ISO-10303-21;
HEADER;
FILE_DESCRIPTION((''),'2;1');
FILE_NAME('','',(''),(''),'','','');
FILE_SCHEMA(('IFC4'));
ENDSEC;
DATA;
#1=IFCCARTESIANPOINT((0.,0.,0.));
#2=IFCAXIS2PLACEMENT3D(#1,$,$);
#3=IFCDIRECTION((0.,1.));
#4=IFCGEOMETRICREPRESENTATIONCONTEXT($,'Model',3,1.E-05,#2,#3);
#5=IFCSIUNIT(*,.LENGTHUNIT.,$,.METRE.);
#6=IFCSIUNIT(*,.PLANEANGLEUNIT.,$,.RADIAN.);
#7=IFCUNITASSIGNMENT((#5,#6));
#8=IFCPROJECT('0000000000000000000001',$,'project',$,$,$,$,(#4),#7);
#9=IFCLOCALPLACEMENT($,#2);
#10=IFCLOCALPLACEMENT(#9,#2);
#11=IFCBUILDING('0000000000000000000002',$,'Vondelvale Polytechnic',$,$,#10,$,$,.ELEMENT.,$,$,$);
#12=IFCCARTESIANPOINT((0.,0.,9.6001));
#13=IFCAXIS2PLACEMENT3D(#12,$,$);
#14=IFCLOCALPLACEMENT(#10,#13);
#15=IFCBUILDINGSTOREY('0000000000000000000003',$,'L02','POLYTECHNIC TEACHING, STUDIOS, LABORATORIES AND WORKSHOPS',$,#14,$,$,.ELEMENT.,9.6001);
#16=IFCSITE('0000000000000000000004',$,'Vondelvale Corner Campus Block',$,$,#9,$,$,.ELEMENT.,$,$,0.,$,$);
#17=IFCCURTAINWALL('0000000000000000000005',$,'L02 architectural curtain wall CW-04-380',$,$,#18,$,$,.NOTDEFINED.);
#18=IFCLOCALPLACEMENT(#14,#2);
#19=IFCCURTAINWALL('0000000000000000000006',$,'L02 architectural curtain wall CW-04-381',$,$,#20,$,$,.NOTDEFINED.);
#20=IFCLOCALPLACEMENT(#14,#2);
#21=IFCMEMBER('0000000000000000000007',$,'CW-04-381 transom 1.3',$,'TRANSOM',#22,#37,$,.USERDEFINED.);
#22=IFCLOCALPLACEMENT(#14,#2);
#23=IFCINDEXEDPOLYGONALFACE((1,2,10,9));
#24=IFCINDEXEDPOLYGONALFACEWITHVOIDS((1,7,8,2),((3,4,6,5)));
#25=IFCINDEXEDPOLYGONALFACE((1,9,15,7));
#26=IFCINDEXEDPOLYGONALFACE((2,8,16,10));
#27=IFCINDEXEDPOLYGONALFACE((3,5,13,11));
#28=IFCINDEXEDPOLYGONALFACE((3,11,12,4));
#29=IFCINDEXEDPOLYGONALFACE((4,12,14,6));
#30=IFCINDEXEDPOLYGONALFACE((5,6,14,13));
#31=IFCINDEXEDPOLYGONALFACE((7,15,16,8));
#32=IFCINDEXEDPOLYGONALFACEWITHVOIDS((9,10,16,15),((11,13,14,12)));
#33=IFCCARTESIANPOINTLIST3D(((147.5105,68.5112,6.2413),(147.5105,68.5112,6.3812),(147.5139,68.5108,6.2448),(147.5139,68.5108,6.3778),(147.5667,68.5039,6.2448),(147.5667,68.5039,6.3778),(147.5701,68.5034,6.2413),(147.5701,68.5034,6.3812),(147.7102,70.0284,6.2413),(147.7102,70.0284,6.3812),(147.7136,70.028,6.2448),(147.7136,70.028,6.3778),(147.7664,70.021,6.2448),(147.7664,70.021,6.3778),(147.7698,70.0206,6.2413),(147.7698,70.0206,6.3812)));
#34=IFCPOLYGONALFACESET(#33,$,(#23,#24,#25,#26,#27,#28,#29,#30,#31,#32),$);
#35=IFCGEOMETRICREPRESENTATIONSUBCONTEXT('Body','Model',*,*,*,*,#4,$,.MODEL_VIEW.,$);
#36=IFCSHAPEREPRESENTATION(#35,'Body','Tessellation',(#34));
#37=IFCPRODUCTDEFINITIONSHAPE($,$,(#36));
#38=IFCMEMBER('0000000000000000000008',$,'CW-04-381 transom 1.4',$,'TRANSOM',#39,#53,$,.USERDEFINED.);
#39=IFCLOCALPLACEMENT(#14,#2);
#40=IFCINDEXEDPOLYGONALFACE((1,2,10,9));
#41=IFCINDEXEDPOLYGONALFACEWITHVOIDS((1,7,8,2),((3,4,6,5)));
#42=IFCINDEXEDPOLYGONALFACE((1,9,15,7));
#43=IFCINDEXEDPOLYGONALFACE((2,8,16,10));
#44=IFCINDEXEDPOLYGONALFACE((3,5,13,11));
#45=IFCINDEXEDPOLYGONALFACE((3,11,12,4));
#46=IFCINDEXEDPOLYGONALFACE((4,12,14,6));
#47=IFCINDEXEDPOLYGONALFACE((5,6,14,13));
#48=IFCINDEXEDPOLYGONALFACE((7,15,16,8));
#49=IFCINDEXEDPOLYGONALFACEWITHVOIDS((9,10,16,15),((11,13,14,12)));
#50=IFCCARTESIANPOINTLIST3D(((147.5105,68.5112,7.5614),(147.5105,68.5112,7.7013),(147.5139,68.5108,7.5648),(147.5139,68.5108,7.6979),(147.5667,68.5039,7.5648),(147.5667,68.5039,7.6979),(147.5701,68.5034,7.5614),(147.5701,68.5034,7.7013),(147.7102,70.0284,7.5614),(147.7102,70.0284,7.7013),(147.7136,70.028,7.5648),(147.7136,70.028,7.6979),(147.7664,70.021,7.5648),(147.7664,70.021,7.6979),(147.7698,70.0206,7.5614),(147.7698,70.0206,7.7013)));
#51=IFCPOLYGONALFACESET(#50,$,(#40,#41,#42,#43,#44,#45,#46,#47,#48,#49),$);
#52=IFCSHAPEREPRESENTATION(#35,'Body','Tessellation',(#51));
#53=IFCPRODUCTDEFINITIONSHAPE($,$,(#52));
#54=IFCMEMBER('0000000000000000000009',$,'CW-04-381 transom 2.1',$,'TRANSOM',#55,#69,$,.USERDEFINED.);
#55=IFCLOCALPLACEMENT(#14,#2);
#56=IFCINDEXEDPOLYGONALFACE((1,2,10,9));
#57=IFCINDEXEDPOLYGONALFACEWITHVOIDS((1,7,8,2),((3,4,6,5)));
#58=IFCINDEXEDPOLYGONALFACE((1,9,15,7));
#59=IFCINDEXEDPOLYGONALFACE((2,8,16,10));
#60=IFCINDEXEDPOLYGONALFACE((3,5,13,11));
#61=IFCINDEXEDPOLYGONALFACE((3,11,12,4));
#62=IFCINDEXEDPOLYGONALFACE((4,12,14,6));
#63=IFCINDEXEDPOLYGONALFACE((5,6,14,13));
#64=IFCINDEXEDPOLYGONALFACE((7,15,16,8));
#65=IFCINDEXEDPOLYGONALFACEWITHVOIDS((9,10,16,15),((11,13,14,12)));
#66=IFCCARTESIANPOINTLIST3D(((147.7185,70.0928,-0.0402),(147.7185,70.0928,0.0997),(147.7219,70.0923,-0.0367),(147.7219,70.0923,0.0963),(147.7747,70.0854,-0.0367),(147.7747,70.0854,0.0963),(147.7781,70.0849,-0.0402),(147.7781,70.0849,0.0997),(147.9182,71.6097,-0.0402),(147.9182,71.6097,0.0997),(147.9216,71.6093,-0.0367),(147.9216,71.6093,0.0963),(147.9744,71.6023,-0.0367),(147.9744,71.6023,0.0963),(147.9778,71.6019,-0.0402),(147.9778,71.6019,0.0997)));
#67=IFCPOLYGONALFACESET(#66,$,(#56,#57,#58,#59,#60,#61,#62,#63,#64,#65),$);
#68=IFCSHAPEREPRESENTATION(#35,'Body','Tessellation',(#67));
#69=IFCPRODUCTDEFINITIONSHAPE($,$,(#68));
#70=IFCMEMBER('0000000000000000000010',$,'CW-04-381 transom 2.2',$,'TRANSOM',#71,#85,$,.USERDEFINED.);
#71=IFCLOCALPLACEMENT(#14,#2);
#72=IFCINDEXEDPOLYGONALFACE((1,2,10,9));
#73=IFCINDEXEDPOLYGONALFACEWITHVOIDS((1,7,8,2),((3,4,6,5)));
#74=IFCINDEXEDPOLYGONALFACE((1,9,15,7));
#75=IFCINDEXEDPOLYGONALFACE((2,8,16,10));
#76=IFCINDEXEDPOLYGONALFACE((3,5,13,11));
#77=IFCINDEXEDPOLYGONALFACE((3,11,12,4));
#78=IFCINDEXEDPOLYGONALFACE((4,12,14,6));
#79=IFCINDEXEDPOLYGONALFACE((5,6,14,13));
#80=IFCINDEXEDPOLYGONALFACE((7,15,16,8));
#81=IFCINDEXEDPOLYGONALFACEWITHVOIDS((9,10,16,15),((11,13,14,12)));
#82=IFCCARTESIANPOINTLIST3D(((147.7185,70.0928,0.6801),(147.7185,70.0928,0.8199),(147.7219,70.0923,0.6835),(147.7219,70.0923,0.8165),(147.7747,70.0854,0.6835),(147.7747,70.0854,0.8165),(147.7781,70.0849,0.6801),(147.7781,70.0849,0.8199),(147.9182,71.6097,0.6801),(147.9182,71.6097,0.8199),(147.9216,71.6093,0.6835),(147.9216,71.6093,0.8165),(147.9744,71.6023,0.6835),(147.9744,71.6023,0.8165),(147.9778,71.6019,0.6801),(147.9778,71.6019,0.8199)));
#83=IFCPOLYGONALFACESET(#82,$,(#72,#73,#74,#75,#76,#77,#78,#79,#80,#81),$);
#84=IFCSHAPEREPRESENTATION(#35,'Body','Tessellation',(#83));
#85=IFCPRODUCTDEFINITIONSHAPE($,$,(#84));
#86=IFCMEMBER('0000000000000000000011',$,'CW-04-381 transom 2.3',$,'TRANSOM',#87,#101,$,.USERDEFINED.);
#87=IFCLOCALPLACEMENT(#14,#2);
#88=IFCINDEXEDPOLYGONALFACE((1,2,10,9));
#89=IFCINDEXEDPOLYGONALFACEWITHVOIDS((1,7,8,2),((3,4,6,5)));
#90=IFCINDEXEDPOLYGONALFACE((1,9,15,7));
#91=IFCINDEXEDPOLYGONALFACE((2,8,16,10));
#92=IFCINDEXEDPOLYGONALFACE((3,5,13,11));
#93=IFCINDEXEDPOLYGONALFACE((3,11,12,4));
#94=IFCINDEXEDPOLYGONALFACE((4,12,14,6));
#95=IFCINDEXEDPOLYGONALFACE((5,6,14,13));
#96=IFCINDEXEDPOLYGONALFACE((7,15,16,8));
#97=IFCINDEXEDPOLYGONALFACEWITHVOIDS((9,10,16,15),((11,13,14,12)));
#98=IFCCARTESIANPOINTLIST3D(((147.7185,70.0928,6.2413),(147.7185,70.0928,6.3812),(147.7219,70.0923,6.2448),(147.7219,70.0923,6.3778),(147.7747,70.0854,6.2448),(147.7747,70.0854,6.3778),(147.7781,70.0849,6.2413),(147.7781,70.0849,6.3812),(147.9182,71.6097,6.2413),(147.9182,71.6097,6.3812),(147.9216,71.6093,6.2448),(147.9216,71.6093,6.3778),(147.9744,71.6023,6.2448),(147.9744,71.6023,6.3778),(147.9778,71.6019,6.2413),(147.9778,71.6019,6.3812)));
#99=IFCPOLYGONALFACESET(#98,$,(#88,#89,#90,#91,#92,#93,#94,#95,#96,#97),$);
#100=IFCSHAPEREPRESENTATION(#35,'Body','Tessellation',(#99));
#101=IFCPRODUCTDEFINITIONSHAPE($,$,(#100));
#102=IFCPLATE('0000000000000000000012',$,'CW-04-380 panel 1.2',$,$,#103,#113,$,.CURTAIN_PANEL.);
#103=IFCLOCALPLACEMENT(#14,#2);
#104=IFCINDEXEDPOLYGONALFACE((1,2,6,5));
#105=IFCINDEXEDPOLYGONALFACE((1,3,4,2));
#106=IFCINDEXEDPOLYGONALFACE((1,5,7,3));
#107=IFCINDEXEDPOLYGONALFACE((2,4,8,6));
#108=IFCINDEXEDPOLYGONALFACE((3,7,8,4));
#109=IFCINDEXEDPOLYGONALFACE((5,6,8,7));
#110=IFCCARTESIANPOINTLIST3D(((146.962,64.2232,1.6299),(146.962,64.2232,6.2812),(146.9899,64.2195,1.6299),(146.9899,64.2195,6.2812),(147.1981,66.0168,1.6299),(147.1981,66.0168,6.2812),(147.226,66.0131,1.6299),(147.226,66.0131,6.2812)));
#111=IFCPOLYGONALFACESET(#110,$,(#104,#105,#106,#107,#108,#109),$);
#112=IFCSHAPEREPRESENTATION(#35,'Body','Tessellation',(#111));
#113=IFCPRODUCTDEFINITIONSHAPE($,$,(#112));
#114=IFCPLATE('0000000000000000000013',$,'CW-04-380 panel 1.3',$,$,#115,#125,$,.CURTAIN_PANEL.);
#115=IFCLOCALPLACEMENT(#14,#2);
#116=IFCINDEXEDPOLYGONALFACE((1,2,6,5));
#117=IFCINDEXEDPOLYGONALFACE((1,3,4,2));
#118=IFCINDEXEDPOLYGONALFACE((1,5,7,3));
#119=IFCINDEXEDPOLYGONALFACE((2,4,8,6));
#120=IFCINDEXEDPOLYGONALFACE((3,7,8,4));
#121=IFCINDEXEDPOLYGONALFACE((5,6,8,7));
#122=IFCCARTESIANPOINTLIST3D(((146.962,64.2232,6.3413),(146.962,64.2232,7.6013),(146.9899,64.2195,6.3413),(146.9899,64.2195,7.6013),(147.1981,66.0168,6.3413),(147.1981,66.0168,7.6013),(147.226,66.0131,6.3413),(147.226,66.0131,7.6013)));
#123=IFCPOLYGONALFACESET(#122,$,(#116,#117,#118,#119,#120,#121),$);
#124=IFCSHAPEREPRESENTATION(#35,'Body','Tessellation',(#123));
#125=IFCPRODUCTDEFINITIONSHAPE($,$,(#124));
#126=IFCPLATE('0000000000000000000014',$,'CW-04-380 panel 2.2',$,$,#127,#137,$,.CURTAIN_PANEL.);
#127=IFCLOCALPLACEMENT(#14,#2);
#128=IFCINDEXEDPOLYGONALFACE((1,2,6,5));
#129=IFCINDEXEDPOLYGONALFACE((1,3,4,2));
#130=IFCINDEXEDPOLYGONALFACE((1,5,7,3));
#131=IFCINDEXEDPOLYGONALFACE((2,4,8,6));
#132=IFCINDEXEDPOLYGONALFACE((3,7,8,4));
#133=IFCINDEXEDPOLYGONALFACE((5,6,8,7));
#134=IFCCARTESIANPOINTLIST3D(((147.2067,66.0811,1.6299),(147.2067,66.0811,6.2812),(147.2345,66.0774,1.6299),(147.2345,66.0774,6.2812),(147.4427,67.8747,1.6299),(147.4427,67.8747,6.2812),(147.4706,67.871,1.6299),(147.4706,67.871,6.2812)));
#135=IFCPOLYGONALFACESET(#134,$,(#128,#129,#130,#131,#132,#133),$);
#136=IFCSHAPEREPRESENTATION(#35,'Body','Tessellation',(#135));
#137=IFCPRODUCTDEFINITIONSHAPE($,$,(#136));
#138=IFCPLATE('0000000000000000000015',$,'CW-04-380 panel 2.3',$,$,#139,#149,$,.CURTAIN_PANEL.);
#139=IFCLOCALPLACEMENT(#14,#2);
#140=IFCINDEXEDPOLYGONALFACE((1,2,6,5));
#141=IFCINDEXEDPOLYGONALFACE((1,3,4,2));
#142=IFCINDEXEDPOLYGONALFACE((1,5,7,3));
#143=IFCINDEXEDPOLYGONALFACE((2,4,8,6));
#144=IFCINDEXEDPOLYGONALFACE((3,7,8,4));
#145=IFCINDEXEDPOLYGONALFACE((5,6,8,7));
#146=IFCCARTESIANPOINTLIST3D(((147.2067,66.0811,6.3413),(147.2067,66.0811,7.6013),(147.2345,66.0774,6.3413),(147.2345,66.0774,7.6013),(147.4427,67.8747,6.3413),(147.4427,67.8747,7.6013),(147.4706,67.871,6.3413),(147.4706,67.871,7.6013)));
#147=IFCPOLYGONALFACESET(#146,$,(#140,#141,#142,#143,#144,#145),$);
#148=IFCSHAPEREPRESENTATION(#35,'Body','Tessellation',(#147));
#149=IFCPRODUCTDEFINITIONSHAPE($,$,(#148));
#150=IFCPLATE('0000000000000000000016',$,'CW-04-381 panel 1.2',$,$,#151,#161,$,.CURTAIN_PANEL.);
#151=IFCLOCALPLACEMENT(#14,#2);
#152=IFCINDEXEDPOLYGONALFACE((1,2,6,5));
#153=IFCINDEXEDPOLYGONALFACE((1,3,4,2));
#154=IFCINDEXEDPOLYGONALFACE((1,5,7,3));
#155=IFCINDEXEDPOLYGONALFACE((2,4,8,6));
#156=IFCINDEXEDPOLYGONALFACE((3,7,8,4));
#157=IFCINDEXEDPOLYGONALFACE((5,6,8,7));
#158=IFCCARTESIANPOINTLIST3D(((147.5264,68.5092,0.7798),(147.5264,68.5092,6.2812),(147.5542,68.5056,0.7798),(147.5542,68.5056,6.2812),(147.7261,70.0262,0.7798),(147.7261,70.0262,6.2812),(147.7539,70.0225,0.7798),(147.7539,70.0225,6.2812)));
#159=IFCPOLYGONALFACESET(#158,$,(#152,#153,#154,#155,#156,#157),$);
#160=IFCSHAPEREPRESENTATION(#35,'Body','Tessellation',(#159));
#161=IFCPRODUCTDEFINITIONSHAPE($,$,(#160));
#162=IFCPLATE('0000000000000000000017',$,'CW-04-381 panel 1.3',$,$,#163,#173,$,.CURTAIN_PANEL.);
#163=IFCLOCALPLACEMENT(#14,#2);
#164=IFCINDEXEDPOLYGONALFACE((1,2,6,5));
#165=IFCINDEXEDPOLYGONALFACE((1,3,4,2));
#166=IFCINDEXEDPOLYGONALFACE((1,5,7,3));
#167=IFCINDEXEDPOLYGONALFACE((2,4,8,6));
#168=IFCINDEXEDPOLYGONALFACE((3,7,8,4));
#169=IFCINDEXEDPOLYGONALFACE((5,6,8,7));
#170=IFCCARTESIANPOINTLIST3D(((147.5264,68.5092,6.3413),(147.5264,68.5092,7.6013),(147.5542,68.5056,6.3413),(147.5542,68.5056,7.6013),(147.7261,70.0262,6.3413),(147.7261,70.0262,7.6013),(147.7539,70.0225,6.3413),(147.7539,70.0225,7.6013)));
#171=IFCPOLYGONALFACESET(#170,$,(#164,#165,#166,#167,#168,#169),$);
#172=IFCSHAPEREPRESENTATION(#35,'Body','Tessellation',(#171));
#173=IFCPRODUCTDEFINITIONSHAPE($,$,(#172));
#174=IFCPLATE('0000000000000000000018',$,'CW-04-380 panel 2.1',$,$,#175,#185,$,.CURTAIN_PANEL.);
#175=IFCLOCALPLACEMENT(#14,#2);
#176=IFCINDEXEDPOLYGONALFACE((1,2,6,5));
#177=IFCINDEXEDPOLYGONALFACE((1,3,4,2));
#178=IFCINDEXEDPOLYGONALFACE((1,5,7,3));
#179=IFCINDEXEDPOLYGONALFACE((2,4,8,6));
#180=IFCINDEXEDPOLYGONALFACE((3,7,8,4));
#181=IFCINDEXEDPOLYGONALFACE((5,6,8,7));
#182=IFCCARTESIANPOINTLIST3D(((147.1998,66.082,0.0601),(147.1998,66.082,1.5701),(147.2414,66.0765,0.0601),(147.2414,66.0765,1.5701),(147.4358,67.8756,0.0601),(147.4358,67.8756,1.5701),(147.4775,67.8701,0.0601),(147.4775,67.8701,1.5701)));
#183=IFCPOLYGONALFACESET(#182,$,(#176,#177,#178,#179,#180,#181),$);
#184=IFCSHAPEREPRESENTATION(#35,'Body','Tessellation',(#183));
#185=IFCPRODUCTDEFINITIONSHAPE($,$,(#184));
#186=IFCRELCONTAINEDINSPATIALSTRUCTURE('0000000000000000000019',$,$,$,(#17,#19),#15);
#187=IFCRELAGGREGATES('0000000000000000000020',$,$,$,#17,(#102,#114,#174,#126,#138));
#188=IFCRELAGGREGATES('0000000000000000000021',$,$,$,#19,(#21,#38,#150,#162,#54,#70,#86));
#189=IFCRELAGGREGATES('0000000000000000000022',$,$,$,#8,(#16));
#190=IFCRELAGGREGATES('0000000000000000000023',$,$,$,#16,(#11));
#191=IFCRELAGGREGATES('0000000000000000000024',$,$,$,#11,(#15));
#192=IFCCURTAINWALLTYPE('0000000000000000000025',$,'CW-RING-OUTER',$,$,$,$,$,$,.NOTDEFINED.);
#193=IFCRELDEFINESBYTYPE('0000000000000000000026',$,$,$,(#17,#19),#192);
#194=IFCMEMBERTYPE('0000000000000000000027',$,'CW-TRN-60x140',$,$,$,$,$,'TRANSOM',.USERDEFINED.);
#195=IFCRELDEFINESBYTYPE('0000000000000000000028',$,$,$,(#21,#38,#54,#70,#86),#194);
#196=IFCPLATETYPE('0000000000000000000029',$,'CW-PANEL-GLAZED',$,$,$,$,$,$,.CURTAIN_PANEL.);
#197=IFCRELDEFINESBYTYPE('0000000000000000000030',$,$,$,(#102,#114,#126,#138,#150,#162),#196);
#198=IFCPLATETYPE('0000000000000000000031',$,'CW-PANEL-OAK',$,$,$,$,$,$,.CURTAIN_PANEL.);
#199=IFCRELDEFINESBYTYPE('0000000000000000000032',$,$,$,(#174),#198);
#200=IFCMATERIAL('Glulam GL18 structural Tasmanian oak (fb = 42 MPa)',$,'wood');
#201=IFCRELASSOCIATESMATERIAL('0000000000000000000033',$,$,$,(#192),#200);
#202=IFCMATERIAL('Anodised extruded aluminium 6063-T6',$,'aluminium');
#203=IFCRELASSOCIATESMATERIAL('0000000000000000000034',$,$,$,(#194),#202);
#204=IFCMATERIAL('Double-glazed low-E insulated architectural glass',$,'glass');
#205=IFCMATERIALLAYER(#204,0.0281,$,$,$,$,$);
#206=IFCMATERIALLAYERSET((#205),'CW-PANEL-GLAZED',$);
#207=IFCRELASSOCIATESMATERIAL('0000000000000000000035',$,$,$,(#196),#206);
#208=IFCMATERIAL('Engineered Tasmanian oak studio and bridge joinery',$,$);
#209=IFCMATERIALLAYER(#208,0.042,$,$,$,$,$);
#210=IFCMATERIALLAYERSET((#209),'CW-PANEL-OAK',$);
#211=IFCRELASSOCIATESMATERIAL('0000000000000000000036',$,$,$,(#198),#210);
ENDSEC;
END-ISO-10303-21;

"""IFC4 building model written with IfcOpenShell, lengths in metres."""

from ifc_helpers import new_model, si_unit, direction, frame, origin, origin_2d, place, context, subcontext, project, spatial, rectangle, hollow_rectangle, extrude, material, layer, layer_set, material_profile, profile_set, type_object, element, aggregate, save


model = new_model("IFC4")

# Units and contexts
model_context = context("Model", 3, precision=1e-05, world=origin(), true_north=direction((0.0, 1.0)))
body_context = subcontext(model_context, "Body", "Model", "MODEL_VIEW")
ifc_project = project(units=[si_unit("LENGTHUNIT", "METRE"), si_unit("PLANEANGLEUNIT", "RADIAN")], contexts=[model_context])

# Site, building, storey
site_placement = place(None, origin())
site = spatial("IfcSite", under=ifc_project, at=site_placement, Name="Vondelvale Corner Campus Block", CompositionType="ELEMENT", RefElevation=0.0)
building_placement = place(site_placement, origin())
building = spatial("IfcBuilding", under=site, at=building_placement, Name="Vondelvale Polytechnic", CompositionType="ELEMENT")
storey_placement = place(building_placement, frame((0.0, 0.0, 9.6001)))
storey = spatial("IfcBuildingStorey", under=building, at=storey_placement, Name="L02", Description="POLYTECHNIC TEACHING, STUDIOS, LABORATORIES AND WORKSHOPS", CompositionType="ELEMENT", Elevation=9.6001)

# Shared definitions
ifc_material_1 = material(Name="Glulam GL18 structural Tasmanian oak (fb = 42 MPa)", Category="wood")

# Curtain walls
curtain_wall_type = type_object("IfcCurtainWallType", Name="CW-RING-OUTER", PredefinedType="NOTDEFINED", material=ifc_material_1)
curtain_wall_1_placement = place(storey_placement, origin())
curtain_wall_1 = element("IfcCurtainWall", 1, at=curtain_wall_1_placement, inside=storey, type_object=curtain_wall_type, Name="L02 architectural curtain wall CW-04-380", PredefinedType="NOTDEFINED")
ifc_material_2 = material(Name="Anodised extruded aluminium 6063-T6", Category="aluminium")
curtain_wall_2_placement = place(storey_placement, origin())
curtain_wall_2 = element("IfcCurtainWall", 2, at=curtain_wall_2_placement, inside=storey, type_object=curtain_wall_type, Name="L02 architectural curtain wall CW-04-381", PredefinedType="NOTDEFINED")

# Members
ifc_material_profile_1 = material_profile(ifc_material_2, hollow_rectangle(XDim=0.0601, YDim=0.1399, WallThickness=0.0034, at=origin_2d()), Name="CW-TRN-140x60")
ifc_profile_set_1 = profile_set([ifc_material_profile_1], Name="Anodised extruded aluminium 6063-T6")
member_type_1 = type_object("IfcMemberType", Name="CW-TRN-60x140", ElementType="TRANSOM", PredefinedType="USERDEFINED", material=ifc_profile_set_1)
member_1_placement = place(storey_placement, frame((147.5403, 68.5073, 6.3113), z_axis=(0.130512, 0.991447, 0.0), x_axis=(-0.991447, 0.130512, 0.0)))
member_1 = element("IfcMember", 3, at=member_1_placement, type_object=member_type_1, Name="CW-04-381 transom 1.3", ObjectType="TRANSOM", PredefinedType="USERDEFINED", context=body_context, shape_type="SweptSolid", body=[
    extrude(hollow_rectangle(XDim=0.0601, YDim=0.1399, WallThickness=0.0034, at=origin_2d()), origin(), (0.0, 0.0, 1.0), 1.5303),
])
member_2_placement = place(storey_placement, frame((147.5403, 68.5073, 7.6313), z_axis=(0.130512, 0.991447, 0.0), x_axis=(-0.991447, 0.130512, 0.0)))
member_2 = element("IfcMember", 4, at=member_2_placement, type_object=member_type_1, Name="CW-04-381 transom 1.4", ObjectType="TRANSOM", PredefinedType="USERDEFINED", context=body_context, shape_type="SweptSolid", body=[
    extrude(hollow_rectangle(XDim=0.0601, YDim=0.1399, WallThickness=0.0034, at=origin_2d()), origin(), (0.0, 0.0, 1.0), 1.5303),
])
member_3_placement = place(storey_placement, frame((147.7483, 70.0889, 0.0298), z_axis=(0.130533, 0.991444, 0.0), x_axis=(-0.991444, 0.130533, 0.0)))
member_3 = element("IfcMember", 5, at=member_3_placement, type_object=member_type_1, Name="CW-04-381 transom 2.1", ObjectType="TRANSOM", PredefinedType="USERDEFINED", context=body_context, shape_type="SweptSolid", body=[
    extrude(hollow_rectangle(XDim=0.0601, YDim=0.1399, WallThickness=0.0034, at=origin_2d()), origin(), (0.0, 0.0, 1.0), 1.53),
])
member_4_placement = place(storey_placement, frame((147.7483, 70.0889, 0.75), z_axis=(0.130533, 0.991444, 0.0), x_axis=(-0.991444, 0.130533, 0.0)))
member_4 = element("IfcMember", 6, at=member_4_placement, type_object=member_type_1, Name="CW-04-381 transom 2.2", ObjectType="TRANSOM", PredefinedType="USERDEFINED", context=body_context, shape_type="SweptSolid", body=[
    extrude(hollow_rectangle(XDim=0.0601, YDim=0.1399, WallThickness=0.0034, at=origin_2d()), origin(), (0.0, 0.0, 1.0), 1.53),
])
member_5_placement = place(storey_placement, frame((147.7483, 70.0889, 6.3113), z_axis=(0.130533, 0.991444, 0.0), x_axis=(-0.991444, 0.130533, 0.0)))
member_5 = element("IfcMember", 7, at=member_5_placement, type_object=member_type_1, Name="CW-04-381 transom 2.3", ObjectType="TRANSOM", PredefinedType="USERDEFINED", context=body_context, shape_type="SweptSolid", body=[
    extrude(hollow_rectangle(XDim=0.0601, YDim=0.1399, WallThickness=0.0034, at=origin_2d()), origin(), (0.0, 0.0, 1.0), 1.53),
])

# Plates
ifc_material_3 = material(Name="Double-glazed low-E insulated architectural glass", Category="glass")
ifc_layer_1 = layer(ifc_material_3, 0.0281)
ifc_layer_set_1 = layer_set([ifc_layer_1], Name="CW-PANEL-GLAZED")
plate_type_1 = type_object("IfcPlateType", Name="CW-PANEL-GLAZED", PredefinedType="CURTAIN_PANEL", material=ifc_layer_set_1)
plate_1_placement = place(storey_placement, frame((147.094, 65.1182, 1.6299), z_axis=(0.0, 0.0, 1.0), x_axis=(0.130497, 0.991449, 0.0)))
plate_1 = element("IfcPlate", 8, at=plate_1_placement, type_object=plate_type_1, Name="CW-04-380 panel 1.2", PredefinedType="CURTAIN_PANEL", context=body_context, shape_type="SweptSolid", body=[
    extrude(rectangle(XDim=1.8091, YDim=0.0281, at=origin_2d()), origin(), (0.0, 0.0, 1.0), 4.6514),
])
plate_2_placement = place(storey_placement, frame((147.094, 65.1182, 6.3413), z_axis=(0.0, 0.0, 1.0), x_axis=(0.130497, 0.991449, 0.0)))
plate_2 = element("IfcPlate", 9, at=plate_2_placement, type_object=plate_type_1, Name="CW-04-380 panel 1.3", PredefinedType="CURTAIN_PANEL", context=body_context, shape_type="SweptSolid", body=[
    extrude(rectangle(XDim=1.8091, YDim=0.0281, at=origin_2d()), origin(), (0.0, 0.0, 1.0), 1.26),
])
plate_3_placement = place(storey_placement, frame((147.3386, 66.9761, 1.6299), z_axis=(0.0, 0.0, 1.0), x_axis=(0.130497, 0.991449, 0.0)))
plate_3 = element("IfcPlate", 10, at=plate_3_placement, type_object=plate_type_1, Name="CW-04-380 panel 2.2", PredefinedType="CURTAIN_PANEL", context=body_context, shape_type="SweptSolid", body=[
    extrude(rectangle(XDim=1.8091, YDim=0.0281, at=origin_2d()), origin(), (0.0, 0.0, 1.0), 4.6514),
])
plate_4_placement = place(storey_placement, frame((147.3386, 66.9761, 6.3413), z_axis=(0.0, 0.0, 1.0), x_axis=(0.130497, 0.991449, 0.0)))
plate_4 = element("IfcPlate", 11, at=plate_4_placement, type_object=plate_type_1, Name="CW-04-380 panel 2.3", PredefinedType="CURTAIN_PANEL", context=body_context, shape_type="SweptSolid", body=[
    extrude(rectangle(XDim=1.8091, YDim=0.0281, at=origin_2d()), origin(), (0.0, 0.0, 1.0), 1.26),
])
plate_5_placement = place(storey_placement, frame((147.6401, 69.2659, 0.7798), z_axis=(0.0, 0.0, 1.0), x_axis=(0.13054, 0.991443, 0.0)))
plate_5 = element("IfcPlate", 12, at=plate_5_placement, type_object=plate_type_1, Name="CW-04-381 panel 1.2", PredefinedType="CURTAIN_PANEL", context=body_context, shape_type="SweptSolid", body=[
    extrude(rectangle(XDim=1.53, YDim=0.0281, at=origin_2d()), origin(), (0.0, 0.0, 1.0), 5.5015),
])
plate_6_placement = place(storey_placement, frame((147.6401, 69.2659, 6.3413), z_axis=(0.0, 0.0, 1.0), x_axis=(0.13054, 0.991443, 0.0)))
plate_6 = element("IfcPlate", 13, at=plate_6_placement, type_object=plate_type_1, Name="CW-04-381 panel 1.3", PredefinedType="CURTAIN_PANEL", context=body_context, shape_type="SweptSolid", body=[
    extrude(rectangle(XDim=1.53, YDim=0.0281, at=origin_2d()), origin(), (0.0, 0.0, 1.0), 1.26),
])
ifc_material_4 = material(Name="Engineered Tasmanian oak studio and bridge joinery")
ifc_layer_2 = layer(ifc_material_4, 0.042)
ifc_layer_set_2 = layer_set([ifc_layer_2], Name="CW-PANEL-OAK")
plate_type_2 = type_object("IfcPlateType", Name="CW-PANEL-OAK", PredefinedType="CURTAIN_PANEL", material=ifc_layer_set_2)
plate_7_placement = place(storey_placement, frame((147.3386, 66.9761, 0.0601), z_axis=(0.0, 0.0, 1.0), x_axis=(0.130497, 0.991449, 0.0)))
plate_7 = element("IfcPlate", 14, at=plate_7_placement, type_object=plate_type_2, Name="CW-04-380 panel 2.1", PredefinedType="CURTAIN_PANEL", context=body_context, shape_type="SweptSolid", body=[
    extrude(rectangle(XDim=1.8091, YDim=0.042, at=origin_2d()), origin(), (0.0, 0.0, 1.0), 1.51),
])
aggregate(curtain_wall_1, [plate_1, plate_2, plate_7, plate_3, plate_4])
aggregate(curtain_wall_2, [member_1, member_2, plate_5, plate_6, member_3, member_4, member_5])

save(model, "model.ifc")
